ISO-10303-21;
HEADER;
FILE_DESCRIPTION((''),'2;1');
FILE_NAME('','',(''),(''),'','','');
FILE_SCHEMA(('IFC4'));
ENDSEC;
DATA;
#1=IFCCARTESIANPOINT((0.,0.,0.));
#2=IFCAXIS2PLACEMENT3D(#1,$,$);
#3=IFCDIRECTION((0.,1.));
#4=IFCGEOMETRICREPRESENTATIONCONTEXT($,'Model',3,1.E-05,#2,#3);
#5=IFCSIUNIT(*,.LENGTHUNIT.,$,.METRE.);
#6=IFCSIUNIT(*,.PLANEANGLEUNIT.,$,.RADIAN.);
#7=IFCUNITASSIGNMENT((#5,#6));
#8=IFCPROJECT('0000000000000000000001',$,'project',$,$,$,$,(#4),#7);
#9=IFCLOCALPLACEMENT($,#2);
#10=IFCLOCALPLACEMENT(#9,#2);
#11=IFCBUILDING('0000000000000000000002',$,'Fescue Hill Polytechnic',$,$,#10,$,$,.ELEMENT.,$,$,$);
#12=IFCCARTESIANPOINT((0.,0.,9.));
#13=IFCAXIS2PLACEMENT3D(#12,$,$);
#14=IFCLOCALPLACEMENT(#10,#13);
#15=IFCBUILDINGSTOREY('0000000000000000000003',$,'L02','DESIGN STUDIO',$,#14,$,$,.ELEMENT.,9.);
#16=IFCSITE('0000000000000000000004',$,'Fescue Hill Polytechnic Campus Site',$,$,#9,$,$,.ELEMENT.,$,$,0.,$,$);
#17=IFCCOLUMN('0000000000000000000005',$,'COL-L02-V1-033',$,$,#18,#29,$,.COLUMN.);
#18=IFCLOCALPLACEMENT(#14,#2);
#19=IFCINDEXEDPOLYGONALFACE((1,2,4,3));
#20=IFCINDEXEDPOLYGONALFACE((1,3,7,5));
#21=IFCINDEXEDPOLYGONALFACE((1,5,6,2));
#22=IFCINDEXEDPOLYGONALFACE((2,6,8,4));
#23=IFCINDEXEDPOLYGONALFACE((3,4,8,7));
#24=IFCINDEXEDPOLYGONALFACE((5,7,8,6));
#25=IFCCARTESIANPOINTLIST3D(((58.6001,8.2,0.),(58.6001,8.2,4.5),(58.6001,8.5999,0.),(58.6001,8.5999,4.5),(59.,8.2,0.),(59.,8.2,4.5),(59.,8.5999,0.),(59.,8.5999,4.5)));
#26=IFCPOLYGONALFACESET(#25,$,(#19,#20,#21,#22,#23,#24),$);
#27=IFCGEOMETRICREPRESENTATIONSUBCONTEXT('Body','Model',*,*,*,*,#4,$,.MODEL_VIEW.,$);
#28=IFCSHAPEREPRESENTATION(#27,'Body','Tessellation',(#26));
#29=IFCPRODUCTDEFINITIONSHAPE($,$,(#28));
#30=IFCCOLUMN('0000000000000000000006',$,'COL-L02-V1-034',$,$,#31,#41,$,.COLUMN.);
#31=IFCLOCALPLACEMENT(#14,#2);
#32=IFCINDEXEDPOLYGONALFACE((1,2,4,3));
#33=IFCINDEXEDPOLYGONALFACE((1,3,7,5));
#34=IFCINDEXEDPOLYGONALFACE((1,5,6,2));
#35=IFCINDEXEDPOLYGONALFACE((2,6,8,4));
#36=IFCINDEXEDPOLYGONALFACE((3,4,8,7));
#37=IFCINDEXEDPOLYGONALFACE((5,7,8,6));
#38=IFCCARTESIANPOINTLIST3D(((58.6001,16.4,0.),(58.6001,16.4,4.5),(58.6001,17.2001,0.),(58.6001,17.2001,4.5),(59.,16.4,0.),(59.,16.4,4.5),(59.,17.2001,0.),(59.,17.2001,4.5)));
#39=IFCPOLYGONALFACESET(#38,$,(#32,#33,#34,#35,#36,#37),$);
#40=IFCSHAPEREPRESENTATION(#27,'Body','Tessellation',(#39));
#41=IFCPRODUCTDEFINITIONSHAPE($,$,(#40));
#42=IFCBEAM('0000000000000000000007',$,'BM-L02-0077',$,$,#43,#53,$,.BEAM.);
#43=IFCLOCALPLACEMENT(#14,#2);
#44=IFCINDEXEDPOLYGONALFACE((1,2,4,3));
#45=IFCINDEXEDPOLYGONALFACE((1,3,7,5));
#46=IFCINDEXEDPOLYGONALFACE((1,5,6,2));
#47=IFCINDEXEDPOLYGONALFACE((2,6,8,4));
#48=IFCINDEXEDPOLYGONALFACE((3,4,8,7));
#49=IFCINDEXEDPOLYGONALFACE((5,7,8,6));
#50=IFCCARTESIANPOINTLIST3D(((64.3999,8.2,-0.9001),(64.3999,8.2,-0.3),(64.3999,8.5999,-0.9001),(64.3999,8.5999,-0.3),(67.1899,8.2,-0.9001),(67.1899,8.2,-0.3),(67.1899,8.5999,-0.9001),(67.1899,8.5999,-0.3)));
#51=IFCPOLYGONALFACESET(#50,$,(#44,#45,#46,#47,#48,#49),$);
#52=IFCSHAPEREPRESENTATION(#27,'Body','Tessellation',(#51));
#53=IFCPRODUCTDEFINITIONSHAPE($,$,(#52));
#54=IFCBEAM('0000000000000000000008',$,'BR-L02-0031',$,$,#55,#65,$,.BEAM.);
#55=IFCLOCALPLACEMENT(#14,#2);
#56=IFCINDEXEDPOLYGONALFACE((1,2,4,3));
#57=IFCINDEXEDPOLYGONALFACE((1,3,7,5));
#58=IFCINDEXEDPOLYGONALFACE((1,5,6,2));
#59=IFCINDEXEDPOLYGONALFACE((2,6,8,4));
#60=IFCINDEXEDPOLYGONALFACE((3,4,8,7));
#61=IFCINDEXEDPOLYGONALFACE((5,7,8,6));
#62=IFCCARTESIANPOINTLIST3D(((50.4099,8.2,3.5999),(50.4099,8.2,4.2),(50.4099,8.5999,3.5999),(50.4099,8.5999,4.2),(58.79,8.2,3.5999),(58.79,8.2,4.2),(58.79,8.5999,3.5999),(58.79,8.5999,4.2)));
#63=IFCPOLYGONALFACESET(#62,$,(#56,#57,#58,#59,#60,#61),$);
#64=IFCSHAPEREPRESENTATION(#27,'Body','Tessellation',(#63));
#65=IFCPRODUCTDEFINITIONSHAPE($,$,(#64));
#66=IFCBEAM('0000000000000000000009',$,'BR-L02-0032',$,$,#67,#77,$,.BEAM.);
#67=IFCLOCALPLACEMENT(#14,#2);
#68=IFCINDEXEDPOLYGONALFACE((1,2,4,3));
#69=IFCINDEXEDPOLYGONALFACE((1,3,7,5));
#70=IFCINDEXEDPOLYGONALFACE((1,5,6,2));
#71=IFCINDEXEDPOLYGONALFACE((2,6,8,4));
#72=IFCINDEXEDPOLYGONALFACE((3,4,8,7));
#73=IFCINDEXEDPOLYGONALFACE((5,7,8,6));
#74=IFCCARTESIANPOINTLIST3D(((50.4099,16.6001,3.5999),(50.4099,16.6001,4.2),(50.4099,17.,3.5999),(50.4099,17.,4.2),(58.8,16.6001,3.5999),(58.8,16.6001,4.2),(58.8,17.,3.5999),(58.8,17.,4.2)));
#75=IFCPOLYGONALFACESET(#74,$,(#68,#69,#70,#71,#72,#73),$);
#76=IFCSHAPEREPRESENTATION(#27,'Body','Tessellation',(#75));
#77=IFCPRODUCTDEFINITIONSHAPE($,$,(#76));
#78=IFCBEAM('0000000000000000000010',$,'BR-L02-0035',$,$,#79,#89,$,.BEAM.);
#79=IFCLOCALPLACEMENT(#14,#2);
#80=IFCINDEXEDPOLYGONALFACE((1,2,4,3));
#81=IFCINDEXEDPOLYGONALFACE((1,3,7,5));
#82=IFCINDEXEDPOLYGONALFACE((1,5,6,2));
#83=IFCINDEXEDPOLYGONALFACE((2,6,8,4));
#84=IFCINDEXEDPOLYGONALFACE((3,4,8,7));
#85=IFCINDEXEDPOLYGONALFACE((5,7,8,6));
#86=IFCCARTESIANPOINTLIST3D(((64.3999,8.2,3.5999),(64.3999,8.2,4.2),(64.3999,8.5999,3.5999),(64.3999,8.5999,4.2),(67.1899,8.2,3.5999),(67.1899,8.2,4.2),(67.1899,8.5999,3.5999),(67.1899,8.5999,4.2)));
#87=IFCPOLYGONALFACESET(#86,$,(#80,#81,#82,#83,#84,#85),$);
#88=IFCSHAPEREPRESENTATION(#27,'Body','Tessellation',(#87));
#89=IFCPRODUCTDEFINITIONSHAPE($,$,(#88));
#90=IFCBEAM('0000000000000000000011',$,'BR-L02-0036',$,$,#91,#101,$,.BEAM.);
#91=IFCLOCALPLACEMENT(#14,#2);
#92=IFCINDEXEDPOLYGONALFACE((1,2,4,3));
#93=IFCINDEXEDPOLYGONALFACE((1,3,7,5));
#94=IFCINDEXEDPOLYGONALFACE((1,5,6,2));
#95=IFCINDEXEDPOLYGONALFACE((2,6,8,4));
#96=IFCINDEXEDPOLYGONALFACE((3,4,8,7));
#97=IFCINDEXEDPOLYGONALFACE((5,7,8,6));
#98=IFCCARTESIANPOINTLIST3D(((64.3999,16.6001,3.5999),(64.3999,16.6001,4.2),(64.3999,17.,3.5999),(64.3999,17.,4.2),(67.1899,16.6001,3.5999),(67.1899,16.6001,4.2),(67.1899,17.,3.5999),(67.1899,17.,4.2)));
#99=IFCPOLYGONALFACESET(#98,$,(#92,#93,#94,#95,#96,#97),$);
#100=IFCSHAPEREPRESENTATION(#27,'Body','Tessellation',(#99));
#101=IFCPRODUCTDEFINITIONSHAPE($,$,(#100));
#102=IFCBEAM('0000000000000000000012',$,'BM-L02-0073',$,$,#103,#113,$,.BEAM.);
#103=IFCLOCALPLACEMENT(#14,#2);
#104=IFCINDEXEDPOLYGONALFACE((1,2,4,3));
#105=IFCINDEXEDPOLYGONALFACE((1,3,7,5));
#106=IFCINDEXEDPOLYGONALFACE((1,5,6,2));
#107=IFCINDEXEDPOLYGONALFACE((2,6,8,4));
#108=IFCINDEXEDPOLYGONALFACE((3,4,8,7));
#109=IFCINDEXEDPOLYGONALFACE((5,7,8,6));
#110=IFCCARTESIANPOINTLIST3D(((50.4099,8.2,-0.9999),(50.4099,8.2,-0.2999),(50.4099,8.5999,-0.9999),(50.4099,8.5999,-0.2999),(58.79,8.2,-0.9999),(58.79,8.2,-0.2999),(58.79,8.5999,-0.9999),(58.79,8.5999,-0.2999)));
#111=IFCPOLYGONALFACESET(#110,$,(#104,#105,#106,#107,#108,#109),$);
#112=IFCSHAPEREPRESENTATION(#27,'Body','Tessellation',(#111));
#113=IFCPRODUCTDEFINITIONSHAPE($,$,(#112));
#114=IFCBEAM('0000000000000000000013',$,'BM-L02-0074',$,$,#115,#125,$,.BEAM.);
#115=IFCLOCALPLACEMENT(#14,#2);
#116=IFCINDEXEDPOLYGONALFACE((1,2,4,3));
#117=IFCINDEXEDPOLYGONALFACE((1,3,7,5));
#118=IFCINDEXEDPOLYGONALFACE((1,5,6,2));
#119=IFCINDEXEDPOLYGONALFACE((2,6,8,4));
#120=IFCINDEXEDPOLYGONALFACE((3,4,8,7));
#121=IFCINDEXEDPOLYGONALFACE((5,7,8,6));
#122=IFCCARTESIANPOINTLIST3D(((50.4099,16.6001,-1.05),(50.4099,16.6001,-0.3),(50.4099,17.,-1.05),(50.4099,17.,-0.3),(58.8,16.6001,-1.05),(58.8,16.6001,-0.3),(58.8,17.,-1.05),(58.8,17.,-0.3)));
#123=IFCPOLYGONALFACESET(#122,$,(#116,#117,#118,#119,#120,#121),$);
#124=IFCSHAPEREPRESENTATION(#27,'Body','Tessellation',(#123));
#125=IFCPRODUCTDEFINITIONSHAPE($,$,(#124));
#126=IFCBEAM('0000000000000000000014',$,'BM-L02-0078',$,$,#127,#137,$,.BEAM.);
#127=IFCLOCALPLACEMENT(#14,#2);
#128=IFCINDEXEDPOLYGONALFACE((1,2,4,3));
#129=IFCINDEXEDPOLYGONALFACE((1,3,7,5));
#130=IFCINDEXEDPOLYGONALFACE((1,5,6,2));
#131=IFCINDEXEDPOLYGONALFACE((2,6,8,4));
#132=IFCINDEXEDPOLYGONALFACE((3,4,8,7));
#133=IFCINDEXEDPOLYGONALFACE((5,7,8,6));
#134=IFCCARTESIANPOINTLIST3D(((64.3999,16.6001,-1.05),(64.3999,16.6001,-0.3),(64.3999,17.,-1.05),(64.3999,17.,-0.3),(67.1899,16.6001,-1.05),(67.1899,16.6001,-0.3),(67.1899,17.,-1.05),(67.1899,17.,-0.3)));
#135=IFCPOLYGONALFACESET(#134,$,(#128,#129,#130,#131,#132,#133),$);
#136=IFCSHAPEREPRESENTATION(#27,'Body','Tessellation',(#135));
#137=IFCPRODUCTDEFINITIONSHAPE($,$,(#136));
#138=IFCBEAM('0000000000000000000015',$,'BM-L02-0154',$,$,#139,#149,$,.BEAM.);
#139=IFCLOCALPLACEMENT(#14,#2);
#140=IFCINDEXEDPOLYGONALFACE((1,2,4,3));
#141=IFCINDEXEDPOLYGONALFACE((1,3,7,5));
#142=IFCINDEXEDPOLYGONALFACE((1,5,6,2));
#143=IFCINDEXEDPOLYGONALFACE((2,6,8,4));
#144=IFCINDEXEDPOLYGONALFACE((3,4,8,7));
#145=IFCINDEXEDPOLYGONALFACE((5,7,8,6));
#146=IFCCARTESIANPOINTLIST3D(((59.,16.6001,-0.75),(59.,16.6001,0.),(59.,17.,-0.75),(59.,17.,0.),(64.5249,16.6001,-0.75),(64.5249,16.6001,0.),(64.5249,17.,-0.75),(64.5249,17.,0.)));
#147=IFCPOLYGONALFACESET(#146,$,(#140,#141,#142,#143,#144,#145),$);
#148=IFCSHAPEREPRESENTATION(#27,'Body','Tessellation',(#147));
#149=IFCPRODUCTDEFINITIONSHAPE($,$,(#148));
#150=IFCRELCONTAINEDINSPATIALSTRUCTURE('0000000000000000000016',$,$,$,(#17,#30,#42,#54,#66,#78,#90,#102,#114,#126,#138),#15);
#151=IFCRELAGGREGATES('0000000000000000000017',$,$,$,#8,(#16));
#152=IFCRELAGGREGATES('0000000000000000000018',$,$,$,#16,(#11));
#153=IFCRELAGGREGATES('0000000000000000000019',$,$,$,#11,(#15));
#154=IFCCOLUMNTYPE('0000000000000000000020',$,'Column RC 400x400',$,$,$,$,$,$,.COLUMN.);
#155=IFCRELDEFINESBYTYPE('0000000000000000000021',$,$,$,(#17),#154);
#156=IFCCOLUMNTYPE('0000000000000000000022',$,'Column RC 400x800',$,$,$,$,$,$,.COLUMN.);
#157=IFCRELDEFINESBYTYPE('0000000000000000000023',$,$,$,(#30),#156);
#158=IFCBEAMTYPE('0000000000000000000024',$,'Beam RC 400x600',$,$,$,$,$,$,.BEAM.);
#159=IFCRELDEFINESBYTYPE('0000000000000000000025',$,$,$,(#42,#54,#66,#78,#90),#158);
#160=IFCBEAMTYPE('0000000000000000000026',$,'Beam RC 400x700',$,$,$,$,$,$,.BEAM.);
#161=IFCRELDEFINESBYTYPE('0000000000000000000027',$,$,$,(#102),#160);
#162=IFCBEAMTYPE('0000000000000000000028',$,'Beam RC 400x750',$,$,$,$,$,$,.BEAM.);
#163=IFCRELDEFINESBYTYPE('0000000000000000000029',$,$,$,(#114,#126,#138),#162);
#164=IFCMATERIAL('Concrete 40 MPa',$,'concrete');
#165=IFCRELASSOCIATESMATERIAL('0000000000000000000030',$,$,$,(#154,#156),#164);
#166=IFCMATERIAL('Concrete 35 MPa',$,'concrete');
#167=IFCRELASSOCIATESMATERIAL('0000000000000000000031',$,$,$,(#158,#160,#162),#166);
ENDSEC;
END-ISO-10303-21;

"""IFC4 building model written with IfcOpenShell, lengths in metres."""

from ifc_helpers import new_model, si_unit, direction, frame, origin, origin_2d, place, context, subcontext, project, spatial, rectangle, extrude, material, material_profile, profile_set, type_object, element, save


model = new_model("IFC4")

# Units and contexts
model_context = context("Model", 3, precision=1e-05, world=origin(), true_north=direction((0.0, 1.0)))
body_context = subcontext(model_context, "Body", "Model", "MODEL_VIEW")
ifc_project = project(units=[si_unit("LENGTHUNIT", "METRE"), si_unit("PLANEANGLEUNIT", "RADIAN")], contexts=[model_context])

# Site, building, storey
site_placement = place(None, origin())
site = spatial("IfcSite", under=ifc_project, at=site_placement, Name="Fescue Hill Polytechnic Campus Site", CompositionType="ELEMENT", RefElevation=0.0)
building_placement = place(site_placement, origin())
building = spatial("IfcBuilding", under=site, at=building_placement, Name="Fescue Hill Polytechnic", CompositionType="ELEMENT")
storey_placement = place(building_placement, frame((0.0, 0.0, 9.0)))
storey = spatial("IfcBuildingStorey", under=building, at=storey_placement, Name="L02", Description="DESIGN STUDIO", CompositionType="ELEMENT", Elevation=9.0)

# Columns
ifc_material_1 = material(Name="Concrete 40 MPa", Category="concrete")
ifc_material_profile_1 = material_profile(ifc_material_1, rectangle(XDim=0.3999, YDim=0.3999, at=origin_2d()), Name="RC 400x400")
ifc_profile_set_1 = profile_set([ifc_material_profile_1], Name="Concrete 40 MPa")
column_type_1 = type_object("IfcColumnType", Name="Column RC 400x400", PredefinedType="COLUMN", material=ifc_profile_set_1)
column_1_placement = place(storey_placement, frame((58.8, 8.3999, 0.0), z_axis=(0.0, 0.0, 1.0), x_axis=(1.0, 0.0, 0.0)))
element("IfcColumn", 1, at=column_1_placement, inside=storey, type_object=column_type_1, Name="COL-L02-V1-033", PredefinedType="COLUMN", context=body_context, shape_type="SweptSolid", body=[
    extrude(rectangle(XDim=0.3999, YDim=0.3999, at=origin_2d()), origin(), (0.0, 0.0, 1.0), 4.5),
])
ifc_material_profile_2 = material_profile(ifc_material_1, rectangle(XDim=0.3999, YDim=0.8, at=origin_2d()), Name="RC 400x800")
ifc_profile_set_2 = profile_set([ifc_material_profile_2], Name="Concrete 40 MPa")
column_type_2 = type_object("IfcColumnType", Name="Column RC 400x800", PredefinedType="COLUMN", material=ifc_profile_set_2)
column_2_placement = place(storey_placement, frame((58.8, 16.8, 0.0), z_axis=(0.0, 0.0, 1.0), x_axis=(1.0, 0.0, 0.0)))
element("IfcColumn", 2, at=column_2_placement, inside=storey, type_object=column_type_2, Name="COL-L02-V1-034", PredefinedType="COLUMN", context=body_context, shape_type="SweptSolid", body=[
    extrude(rectangle(XDim=0.3999, YDim=0.8, at=origin_2d()), origin(), (0.0, 0.0, 1.0), 4.5),
])

# Beams
ifc_material_2 = material(Name="Concrete 35 MPa", Category="concrete")
ifc_material_profile_3 = material_profile(ifc_material_2, rectangle(XDim=0.3999, YDim=0.6001, at=origin_2d()), Name="RC 400x600")
ifc_profile_set_3 = profile_set([ifc_material_profile_3], Name="Concrete 35 MPa")
beam_type_1 = type_object("IfcBeamType", Name="Beam RC 400x600", PredefinedType="BEAM", material=ifc_profile_set_3)
beam_1_placement = place(storey_placement, frame((64.3999, 8.3999, -0.6001), z_axis=(1.0, 0.0, 0.0), x_axis=(0.0, 1.0, 0.0)))
element("IfcBeam", 3, at=beam_1_placement, inside=storey, type_object=beam_type_1, Name="BM-L02-0077", PredefinedType="BEAM", context=body_context, shape_type="SweptSolid", body=[
    extrude(rectangle(XDim=0.3999, YDim=0.6001, at=origin_2d()), origin(), (0.0, 0.0, 1.0), 2.79),
])
beam_2_placement = place(storey_placement, frame((50.4099, 8.3999, 3.8999), z_axis=(1.0, 0.0, 0.0), x_axis=(0.0, 1.0, 0.0)))
element("IfcBeam", 4, at=beam_2_placement, inside=storey, type_object=beam_type_1, Name="BR-L02-0031", PredefinedType="BEAM", context=body_context, shape_type="SweptSolid", body=[
    extrude(rectangle(XDim=0.3999, YDim=0.6001, at=origin_2d()), origin(), (0.0, 0.0, 1.0), 8.3801),
])
beam_3_placement = place(storey_placement, frame((50.4099, 16.8, 3.8999), z_axis=(1.0, 0.0, 0.0), x_axis=(0.0, 1.0, 0.0)))
element("IfcBeam", 5, at=beam_3_placement, inside=storey, type_object=beam_type_1, Name="BR-L02-0032", PredefinedType="BEAM", context=body_context, shape_type="SweptSolid", body=[
    extrude(rectangle(XDim=0.3999, YDim=0.6001, at=origin_2d()), origin(), (0.0, 0.0, 1.0), 8.3901),
])
for number, where, z_axis, x_axis, name in (
    (6, (64.3999, 8.3999, 3.8999), (1.0, 0.0, 0.0), (0.0, 1.0, 0.0), "BR-L02-0035"),
    (7, (64.3999, 16.8, 3.8999), (1.0, 0.0, 0.0), (0.0, 1.0, 0.0), "BR-L02-0036"),
):
    element("IfcBeam", number, at=place(storey_placement, frame(where, z_axis=z_axis, x_axis=x_axis)), inside=storey, type_object=beam_type_1, Name=name, PredefinedType="BEAM", context=body_context, shape_type="SweptSolid", body=[
        extrude(rectangle(XDim=0.3999, YDim=0.6001, at=origin_2d()), origin(), (0.0, 0.0, 1.0), 2.79),
    ])
ifc_material_profile_4 = material_profile(ifc_material_2, rectangle(XDim=0.3999, YDim=0.7, at=origin_2d()), Name="RC 400x700")
ifc_profile_set_4 = profile_set([ifc_material_profile_4], Name="Concrete 35 MPa")
beam_type_2 = type_object("IfcBeamType", Name="Beam RC 400x700", PredefinedType="BEAM", material=ifc_profile_set_4)
beam_4_placement = place(storey_placement, frame((50.4099, 8.3999, -0.6499), z_axis=(1.0, 0.0, 0.0), x_axis=(0.0, 1.0, 0.0)))
element("IfcBeam", 8, at=beam_4_placement, inside=storey, type_object=beam_type_2, Name="BM-L02-0073", PredefinedType="BEAM", context=body_context, shape_type="SweptSolid", body=[
    extrude(rectangle(XDim=0.3999, YDim=0.7, at=origin_2d()), origin(), (0.0, 0.0, 1.0), 8.3801),
])
ifc_material_profile_5 = material_profile(ifc_material_2, rectangle(XDim=0.3999, YDim=0.75, at=origin_2d()), Name="RC 400x750")
ifc_profile_set_5 = profile_set([ifc_material_profile_5], Name="Concrete 35 MPa")
beam_type_3 = type_object("IfcBeamType", Name="Beam RC 400x750", PredefinedType="BEAM", material=ifc_profile_set_5)
beam_5_placement = place(storey_placement, frame((50.4099, 16.8, -0.675), z_axis=(1.0, 0.0, 0.0), x_axis=(0.0, 1.0, 0.0)))
element("IfcBeam", 9, at=beam_5_placement, inside=storey, type_object=beam_type_3, Name="BM-L02-0074", PredefinedType="BEAM", context=body_context, shape_type="SweptSolid", body=[
    extrude(rectangle(XDim=0.3999, YDim=0.75, at=origin_2d()), origin(), (0.0, 0.0, 1.0), 8.3901),
])
beam_6_placement = place(storey_placement, frame((64.3999, 16.8, -0.675), z_axis=(1.0, 0.0, 0.0), x_axis=(0.0, 1.0, 0.0)))
element("IfcBeam", 10, at=beam_6_placement, inside=storey, type_object=beam_type_3, Name="BM-L02-0078", PredefinedType="BEAM", context=body_context, shape_type="SweptSolid", body=[
    extrude(rectangle(XDim=0.3999, YDim=0.75, at=origin_2d()), origin(), (0.0, 0.0, 1.0), 2.79),
])
beam_7_placement = place(storey_placement, frame((59.0, 16.8, -0.375), z_axis=(1.0, 0.0, 0.0), x_axis=(0.0, 1.0, 0.0)))
element("IfcBeam", 11, at=beam_7_placement, inside=storey, type_object=beam_type_3, Name="BM-L02-0154", PredefinedType="BEAM", context=body_context, shape_type="SweptSolid", body=[
    extrude(rectangle(XDim=0.3999, YDim=0.75, at=origin_2d()), origin(), (0.0, 0.0, 1.0), 5.5249),
])

save(model, "model.ifc")
